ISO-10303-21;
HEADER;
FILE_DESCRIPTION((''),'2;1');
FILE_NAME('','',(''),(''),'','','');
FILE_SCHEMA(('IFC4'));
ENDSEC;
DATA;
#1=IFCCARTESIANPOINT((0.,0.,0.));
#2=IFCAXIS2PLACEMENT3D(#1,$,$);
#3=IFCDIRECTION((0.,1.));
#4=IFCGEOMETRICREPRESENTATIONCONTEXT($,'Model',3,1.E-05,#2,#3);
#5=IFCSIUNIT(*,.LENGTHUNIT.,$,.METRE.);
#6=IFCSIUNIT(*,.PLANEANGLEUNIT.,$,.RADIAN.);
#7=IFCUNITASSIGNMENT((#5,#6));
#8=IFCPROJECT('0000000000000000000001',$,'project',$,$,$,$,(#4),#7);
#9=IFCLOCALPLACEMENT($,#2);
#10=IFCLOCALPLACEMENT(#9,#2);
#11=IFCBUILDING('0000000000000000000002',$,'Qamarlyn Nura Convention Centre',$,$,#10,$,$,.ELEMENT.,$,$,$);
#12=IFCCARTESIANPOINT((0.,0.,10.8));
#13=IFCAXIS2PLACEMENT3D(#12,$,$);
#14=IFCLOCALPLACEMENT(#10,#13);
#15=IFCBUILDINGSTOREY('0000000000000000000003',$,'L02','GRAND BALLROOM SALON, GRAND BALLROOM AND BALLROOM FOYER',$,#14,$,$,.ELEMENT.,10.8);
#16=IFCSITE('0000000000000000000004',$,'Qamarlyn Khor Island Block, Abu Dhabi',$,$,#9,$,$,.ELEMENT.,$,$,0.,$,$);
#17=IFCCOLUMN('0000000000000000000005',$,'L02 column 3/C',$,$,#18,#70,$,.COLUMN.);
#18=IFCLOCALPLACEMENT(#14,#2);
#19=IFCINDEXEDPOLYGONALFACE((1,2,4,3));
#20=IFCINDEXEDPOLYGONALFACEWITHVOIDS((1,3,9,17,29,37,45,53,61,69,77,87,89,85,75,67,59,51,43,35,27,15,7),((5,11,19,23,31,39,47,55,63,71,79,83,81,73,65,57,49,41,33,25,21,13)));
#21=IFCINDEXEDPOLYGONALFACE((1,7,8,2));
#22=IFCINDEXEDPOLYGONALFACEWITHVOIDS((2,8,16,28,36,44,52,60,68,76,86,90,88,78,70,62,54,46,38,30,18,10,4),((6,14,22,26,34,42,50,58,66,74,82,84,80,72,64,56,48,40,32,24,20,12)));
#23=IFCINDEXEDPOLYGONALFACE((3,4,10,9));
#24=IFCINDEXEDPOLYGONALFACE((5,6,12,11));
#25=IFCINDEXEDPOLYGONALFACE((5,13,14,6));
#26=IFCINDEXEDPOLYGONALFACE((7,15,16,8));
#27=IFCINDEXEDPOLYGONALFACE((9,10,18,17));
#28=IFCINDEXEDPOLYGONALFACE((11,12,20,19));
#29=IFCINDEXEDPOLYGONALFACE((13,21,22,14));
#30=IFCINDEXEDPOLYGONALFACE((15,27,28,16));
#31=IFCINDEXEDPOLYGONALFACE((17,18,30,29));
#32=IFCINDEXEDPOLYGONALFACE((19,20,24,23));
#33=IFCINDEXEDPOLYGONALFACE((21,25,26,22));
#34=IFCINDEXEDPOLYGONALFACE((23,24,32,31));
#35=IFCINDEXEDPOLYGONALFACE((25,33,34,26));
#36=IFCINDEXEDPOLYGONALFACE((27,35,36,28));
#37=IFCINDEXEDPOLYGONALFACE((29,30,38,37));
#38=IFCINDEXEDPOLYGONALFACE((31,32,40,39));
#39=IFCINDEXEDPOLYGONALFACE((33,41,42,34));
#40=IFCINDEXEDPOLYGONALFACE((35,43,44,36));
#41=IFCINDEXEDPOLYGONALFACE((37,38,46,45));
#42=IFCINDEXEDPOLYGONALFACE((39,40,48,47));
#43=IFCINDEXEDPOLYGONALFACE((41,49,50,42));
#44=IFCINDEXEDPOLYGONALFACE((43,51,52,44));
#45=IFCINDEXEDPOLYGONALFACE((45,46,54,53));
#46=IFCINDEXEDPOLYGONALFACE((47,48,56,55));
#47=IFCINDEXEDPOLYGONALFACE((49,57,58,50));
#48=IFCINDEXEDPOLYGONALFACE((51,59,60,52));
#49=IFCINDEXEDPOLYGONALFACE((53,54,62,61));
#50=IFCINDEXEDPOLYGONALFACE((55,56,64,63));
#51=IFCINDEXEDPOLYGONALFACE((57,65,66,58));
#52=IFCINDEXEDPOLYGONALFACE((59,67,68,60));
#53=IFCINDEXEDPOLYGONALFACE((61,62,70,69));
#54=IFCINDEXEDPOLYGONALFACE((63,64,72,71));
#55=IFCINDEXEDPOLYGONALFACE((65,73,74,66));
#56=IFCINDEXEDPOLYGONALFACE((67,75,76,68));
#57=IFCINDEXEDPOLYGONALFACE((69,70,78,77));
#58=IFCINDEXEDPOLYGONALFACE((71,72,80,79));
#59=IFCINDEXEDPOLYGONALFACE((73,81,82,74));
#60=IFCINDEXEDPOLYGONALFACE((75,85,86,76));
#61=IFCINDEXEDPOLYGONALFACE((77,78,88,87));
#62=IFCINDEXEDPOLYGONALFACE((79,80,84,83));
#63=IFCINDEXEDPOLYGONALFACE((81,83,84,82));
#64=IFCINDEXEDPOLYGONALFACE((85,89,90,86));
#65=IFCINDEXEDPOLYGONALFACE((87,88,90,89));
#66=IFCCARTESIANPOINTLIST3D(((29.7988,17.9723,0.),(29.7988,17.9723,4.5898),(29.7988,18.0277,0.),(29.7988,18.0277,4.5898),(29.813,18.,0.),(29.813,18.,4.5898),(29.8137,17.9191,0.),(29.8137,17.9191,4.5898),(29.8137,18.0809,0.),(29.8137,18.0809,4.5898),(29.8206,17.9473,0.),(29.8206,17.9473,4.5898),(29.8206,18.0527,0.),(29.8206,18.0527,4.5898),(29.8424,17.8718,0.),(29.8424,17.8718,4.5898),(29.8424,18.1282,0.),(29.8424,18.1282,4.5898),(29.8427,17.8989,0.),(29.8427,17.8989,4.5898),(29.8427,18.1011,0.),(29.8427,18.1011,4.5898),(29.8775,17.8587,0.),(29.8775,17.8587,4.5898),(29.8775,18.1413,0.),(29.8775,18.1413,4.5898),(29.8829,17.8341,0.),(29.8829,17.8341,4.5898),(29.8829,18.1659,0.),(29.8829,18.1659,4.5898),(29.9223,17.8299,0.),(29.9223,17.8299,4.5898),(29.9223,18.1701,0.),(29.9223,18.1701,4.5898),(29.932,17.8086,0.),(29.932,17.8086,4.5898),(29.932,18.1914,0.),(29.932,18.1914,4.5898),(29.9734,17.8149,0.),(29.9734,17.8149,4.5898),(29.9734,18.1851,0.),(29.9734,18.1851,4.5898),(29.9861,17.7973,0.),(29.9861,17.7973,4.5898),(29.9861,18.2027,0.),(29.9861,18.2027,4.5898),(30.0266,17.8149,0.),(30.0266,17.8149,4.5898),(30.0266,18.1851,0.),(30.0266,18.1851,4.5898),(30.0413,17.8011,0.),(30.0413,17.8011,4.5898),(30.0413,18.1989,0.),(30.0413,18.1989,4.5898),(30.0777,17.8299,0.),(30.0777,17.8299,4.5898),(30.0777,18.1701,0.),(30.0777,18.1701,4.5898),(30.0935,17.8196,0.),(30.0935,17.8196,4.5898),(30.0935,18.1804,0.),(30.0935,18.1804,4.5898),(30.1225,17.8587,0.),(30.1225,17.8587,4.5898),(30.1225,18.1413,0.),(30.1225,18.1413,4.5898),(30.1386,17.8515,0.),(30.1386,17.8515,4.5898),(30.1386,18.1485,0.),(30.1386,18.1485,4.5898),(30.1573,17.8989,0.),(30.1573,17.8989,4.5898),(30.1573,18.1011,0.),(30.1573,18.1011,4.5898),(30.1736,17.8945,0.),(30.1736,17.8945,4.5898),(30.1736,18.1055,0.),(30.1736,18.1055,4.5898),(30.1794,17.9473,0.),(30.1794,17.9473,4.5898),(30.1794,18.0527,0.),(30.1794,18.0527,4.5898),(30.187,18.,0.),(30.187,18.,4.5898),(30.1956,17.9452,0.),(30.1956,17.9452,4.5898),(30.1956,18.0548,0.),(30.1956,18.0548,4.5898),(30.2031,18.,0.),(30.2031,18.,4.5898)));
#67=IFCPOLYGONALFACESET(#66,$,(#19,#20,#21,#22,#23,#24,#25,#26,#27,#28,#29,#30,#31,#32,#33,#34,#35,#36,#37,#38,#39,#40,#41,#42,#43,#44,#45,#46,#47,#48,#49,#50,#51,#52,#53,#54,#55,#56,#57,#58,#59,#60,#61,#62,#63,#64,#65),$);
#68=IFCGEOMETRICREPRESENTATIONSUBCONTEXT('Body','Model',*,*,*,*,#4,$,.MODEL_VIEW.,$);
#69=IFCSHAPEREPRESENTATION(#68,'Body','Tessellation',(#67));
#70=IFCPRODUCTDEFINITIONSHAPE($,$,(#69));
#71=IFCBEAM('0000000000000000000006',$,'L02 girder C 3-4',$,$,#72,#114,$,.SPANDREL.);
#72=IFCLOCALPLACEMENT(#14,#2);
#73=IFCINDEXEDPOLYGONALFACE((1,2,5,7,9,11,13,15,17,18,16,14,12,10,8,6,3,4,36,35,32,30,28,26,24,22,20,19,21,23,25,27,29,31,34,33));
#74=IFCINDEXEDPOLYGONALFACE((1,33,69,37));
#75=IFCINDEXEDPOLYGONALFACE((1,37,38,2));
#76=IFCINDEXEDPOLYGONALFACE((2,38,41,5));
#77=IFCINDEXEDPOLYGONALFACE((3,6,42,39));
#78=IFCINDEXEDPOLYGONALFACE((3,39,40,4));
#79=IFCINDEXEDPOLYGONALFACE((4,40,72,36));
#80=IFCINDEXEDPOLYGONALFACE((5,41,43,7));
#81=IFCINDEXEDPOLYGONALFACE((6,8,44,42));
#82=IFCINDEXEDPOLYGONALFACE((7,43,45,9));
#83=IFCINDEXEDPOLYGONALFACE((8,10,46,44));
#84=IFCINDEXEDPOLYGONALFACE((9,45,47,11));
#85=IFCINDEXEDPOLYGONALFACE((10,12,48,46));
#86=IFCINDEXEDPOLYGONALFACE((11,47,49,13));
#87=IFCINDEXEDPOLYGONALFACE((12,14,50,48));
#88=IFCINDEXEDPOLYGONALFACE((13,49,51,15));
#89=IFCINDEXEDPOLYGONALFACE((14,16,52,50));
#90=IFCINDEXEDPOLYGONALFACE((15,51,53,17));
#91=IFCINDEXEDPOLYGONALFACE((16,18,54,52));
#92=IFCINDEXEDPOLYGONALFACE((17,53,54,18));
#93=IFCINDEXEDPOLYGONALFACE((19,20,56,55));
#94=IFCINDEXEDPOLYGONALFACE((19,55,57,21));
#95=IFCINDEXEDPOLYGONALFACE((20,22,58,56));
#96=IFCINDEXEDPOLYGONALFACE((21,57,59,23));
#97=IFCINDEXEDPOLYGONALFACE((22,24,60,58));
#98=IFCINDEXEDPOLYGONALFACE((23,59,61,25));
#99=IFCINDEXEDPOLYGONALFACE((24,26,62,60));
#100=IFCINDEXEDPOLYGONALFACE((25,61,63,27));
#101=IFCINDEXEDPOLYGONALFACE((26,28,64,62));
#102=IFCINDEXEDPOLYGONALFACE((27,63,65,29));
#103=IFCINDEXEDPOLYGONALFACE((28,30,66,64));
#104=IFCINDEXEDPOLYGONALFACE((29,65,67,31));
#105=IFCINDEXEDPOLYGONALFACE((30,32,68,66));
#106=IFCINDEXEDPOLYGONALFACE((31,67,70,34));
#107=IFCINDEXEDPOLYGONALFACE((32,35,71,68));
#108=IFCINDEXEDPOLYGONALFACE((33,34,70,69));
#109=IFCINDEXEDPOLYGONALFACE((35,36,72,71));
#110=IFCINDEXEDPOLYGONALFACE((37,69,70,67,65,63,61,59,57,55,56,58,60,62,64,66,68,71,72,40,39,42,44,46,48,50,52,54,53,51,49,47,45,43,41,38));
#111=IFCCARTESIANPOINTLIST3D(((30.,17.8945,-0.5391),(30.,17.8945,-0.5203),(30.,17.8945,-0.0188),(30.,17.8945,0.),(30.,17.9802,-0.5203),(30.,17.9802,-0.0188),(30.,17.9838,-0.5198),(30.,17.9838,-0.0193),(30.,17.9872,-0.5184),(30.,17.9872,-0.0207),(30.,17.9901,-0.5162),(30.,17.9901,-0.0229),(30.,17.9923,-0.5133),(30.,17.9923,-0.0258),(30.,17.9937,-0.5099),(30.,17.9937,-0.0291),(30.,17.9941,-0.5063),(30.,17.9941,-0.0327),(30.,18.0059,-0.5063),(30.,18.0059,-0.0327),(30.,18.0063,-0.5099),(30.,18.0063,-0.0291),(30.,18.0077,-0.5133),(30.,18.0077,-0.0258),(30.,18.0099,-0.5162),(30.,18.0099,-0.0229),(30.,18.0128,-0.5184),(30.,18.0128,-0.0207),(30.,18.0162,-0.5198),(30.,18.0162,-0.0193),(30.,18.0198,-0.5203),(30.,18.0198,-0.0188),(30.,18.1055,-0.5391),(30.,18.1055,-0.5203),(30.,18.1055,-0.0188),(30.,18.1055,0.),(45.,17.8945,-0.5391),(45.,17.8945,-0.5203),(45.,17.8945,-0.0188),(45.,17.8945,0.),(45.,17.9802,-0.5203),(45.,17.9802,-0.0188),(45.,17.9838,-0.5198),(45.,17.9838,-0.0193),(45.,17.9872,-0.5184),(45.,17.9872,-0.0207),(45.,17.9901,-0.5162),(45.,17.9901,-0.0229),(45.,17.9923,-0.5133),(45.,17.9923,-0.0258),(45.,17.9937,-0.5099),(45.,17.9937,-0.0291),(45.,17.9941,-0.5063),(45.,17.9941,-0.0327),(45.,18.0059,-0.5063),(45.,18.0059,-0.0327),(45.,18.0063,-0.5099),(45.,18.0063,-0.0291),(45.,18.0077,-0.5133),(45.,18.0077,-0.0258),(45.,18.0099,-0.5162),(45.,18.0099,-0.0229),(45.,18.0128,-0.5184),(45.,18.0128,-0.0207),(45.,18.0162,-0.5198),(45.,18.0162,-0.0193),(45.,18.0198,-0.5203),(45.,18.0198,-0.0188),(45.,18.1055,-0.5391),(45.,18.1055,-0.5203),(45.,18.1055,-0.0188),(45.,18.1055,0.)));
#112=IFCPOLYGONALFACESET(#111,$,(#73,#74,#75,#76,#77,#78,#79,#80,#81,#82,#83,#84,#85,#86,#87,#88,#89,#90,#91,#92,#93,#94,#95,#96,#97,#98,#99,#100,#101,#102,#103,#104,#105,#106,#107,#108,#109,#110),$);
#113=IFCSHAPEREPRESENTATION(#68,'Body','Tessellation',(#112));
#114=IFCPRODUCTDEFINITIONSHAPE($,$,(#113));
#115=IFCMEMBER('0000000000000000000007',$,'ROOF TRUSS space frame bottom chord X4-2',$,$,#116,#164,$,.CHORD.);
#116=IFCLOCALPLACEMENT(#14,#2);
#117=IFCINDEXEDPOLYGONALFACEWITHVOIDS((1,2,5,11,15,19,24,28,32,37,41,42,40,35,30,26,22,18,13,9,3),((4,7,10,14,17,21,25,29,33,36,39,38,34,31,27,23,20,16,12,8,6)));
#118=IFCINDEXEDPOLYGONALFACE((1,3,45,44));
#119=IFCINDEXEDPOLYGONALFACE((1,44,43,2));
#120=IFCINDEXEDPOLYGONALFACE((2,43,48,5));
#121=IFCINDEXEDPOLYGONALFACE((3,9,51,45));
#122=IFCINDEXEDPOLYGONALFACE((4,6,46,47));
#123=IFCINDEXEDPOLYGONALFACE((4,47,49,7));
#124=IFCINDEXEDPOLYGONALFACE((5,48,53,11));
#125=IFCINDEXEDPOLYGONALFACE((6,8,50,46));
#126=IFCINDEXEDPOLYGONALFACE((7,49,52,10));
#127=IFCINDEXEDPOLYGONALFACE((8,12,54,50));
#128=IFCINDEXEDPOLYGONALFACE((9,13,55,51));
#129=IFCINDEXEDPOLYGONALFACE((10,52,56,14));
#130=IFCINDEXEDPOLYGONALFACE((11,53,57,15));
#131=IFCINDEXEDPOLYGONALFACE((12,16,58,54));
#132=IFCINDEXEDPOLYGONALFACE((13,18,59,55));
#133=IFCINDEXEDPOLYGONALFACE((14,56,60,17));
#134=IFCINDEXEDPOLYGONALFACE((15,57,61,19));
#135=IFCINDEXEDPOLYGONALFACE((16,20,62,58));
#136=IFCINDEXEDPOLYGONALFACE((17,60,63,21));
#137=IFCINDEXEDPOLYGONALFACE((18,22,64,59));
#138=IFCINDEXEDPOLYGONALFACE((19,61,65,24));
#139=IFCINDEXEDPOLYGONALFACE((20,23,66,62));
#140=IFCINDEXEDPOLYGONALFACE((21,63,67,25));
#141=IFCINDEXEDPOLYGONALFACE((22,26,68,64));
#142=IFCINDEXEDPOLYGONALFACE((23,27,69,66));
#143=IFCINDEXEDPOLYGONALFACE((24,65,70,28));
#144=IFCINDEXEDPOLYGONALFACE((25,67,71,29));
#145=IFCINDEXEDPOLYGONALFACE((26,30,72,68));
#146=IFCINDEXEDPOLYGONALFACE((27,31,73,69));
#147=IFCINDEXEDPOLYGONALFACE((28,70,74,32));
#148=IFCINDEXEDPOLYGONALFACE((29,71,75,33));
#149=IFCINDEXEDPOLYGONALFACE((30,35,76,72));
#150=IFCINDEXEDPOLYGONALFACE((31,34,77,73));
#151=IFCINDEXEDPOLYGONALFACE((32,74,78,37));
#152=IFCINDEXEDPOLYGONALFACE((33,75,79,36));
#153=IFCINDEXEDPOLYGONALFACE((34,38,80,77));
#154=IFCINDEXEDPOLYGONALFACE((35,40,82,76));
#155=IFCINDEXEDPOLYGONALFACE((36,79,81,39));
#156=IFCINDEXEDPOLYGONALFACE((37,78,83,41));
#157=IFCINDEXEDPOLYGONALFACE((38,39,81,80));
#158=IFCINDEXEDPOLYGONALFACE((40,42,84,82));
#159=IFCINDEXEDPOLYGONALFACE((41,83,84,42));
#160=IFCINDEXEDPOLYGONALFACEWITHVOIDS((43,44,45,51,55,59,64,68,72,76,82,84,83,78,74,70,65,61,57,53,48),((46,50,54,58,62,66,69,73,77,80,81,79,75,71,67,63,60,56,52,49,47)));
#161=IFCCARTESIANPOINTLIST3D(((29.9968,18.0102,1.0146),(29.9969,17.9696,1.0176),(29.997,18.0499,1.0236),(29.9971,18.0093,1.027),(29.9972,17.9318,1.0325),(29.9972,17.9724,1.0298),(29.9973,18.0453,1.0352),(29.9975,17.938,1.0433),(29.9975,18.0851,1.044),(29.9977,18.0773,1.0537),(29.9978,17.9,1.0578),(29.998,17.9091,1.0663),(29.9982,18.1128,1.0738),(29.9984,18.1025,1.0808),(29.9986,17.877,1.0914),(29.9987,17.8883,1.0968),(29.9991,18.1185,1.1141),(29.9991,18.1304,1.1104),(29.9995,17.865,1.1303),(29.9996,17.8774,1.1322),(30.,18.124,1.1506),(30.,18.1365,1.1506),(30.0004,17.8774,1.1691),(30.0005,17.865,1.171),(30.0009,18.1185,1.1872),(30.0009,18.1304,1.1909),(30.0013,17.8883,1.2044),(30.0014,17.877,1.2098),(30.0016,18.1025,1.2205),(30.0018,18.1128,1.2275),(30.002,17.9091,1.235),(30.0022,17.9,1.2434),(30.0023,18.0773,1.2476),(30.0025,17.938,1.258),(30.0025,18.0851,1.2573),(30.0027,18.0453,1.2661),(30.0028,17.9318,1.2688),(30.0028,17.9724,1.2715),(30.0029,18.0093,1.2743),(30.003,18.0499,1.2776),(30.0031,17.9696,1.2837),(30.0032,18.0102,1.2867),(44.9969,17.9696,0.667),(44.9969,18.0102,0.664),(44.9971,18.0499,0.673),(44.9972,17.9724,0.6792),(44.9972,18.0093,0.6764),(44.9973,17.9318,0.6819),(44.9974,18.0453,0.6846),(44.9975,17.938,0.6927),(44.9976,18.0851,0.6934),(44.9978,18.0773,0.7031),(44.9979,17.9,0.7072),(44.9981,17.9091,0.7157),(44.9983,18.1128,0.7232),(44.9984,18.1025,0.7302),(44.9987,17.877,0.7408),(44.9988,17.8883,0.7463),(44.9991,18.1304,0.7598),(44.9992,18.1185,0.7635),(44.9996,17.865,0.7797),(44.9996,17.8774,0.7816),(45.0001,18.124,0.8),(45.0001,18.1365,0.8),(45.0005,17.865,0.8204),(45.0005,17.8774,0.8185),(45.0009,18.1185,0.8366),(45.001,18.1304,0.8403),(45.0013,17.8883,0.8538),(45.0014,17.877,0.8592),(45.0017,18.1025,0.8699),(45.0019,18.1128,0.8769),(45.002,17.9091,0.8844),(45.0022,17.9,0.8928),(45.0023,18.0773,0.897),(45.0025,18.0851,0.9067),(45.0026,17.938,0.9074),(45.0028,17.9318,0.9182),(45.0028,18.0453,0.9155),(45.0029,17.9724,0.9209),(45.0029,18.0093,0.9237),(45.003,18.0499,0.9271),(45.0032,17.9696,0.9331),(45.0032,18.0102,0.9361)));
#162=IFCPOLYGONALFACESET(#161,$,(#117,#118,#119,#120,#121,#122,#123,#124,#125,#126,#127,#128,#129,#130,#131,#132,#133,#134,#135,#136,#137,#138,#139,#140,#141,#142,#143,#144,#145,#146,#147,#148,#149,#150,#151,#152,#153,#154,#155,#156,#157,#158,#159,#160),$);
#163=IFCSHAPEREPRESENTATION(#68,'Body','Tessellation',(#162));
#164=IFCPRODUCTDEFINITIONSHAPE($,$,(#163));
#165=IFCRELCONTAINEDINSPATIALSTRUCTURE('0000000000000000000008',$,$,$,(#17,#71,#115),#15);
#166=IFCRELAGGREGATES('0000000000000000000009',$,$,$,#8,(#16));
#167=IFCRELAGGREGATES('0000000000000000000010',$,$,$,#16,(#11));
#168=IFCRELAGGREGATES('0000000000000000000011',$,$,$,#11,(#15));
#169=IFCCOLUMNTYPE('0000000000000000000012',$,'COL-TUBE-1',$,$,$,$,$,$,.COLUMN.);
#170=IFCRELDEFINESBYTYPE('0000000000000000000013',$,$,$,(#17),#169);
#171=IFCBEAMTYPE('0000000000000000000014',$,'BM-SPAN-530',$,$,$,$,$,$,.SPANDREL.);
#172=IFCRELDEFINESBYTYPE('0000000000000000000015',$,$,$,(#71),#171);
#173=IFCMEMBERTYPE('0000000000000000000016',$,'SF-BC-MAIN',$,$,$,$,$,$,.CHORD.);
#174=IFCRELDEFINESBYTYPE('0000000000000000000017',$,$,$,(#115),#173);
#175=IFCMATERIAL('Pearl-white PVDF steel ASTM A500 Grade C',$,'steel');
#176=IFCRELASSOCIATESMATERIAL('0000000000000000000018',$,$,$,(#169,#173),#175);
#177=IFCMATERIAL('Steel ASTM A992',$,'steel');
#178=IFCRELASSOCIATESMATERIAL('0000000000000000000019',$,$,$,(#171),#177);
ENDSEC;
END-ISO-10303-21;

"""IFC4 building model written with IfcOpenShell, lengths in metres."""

from ifc_helpers import new_model, si_unit, direction, frame, origin, origin_2d, place, context, subcontext, project, spatial, hollow_circle, i_section, extrude, material, material_profile, profile_set, type_object, element, save


model = new_model("IFC4")

# Units and contexts
model_context = context("Model", 3, precision=1e-05, world=origin(), true_north=direction((0.0, 1.0)))
body_context = subcontext(model_context, "Body", "Model", "MODEL_VIEW")
ifc_project = project(units=[si_unit("LENGTHUNIT", "METRE"), si_unit("PLANEANGLEUNIT", "RADIAN")], contexts=[model_context])

# Site, building, storey
site_placement = place(None, origin())
site = spatial("IfcSite", under=ifc_project, at=site_placement, Name="Qamarlyn Khor Island Block, Abu Dhabi", CompositionType="ELEMENT", RefElevation=0.0)
building_placement = place(site_placement, origin())
building = spatial("IfcBuilding", under=site, at=building_placement, Name="Qamarlyn Nura Convention Centre", CompositionType="ELEMENT")
storey_placement = place(building_placement, frame((0.0, 0.0, 10.8)))
storey = spatial("IfcBuildingStorey", under=building, at=storey_placement, Name="L02", Description="GRAND BALLROOM SALON, GRAND BALLROOM AND BALLROOM FOYER", CompositionType="ELEMENT", Elevation=10.8)

# Column
ifc_material_1 = material(Name="Pearl-white PVDF steel ASTM A500 Grade C", Category="steel")
ifc_material_profile_1 = material_profile(ifc_material_1, hollow_circle(Radius=0.2031, WallThickness=0.0161, at=origin_2d()), Name="CHS406.4X16")
ifc_profile_set_1 = profile_set([ifc_material_profile_1], Name="Pearl-white PVDF steel ASTM A500 Grade C")
column_type = type_object("IfcColumnType", Name="COL-TUBE-1", PredefinedType="COLUMN", material=ifc_profile_set_1)
column_placement = place(storey_placement, frame((30.0, 18.0, 0.0), z_axis=(0.0, 0.0, 1.0), x_axis=(1.0, 0.0, 0.0)))
element("IfcColumn", 1, at=column_placement, inside=storey, type_object=column_type, Name="L02 column 3/C", PredefinedType="COLUMN", context=body_context, shape_type="SweptSolid", body=[
    extrude(hollow_circle(Radius=0.2031, WallThickness=0.0161, at=origin_2d()), origin(), (0.0, 0.0, 1.0), 4.5898),
])

# Beam
ifc_material_2 = material(Name="Steel ASTM A992", Category="steel")
ifc_material_profile_2 = material_profile(ifc_material_2, i_section(OverallWidth=0.2109, OverallDepth=0.5391, WebThickness=0.0117, FlangeThickness=0.0188, FilletRadius=0.0139, at=origin_2d()), Name="W530X109")
ifc_profile_set_2 = profile_set([ifc_material_profile_2], Name="Steel ASTM A992")
beam_type = type_object("IfcBeamType", Name="BM-SPAN-530", PredefinedType="SPANDREL", material=ifc_profile_set_2)
beam_placement = place(storey_placement, frame((30.0, 18.0, -0.2695), z_axis=(1.0, 0.0, 0.0), x_axis=(0.0, 1.0, 0.0)))
element("IfcBeam", 2, at=beam_placement, inside=storey, type_object=beam_type, Name="L02 girder C 3-4", PredefinedType="SPANDREL", context=body_context, shape_type="SweptSolid", body=[
    extrude(i_section(OverallWidth=0.2109, OverallDepth=0.5391, WebThickness=0.0117, FlangeThickness=0.0188, FilletRadius=0.0139, at=origin_2d()), origin(), (0.0, 0.0, 1.0), 15.0),
])

# Member
ifc_material_profile_3 = material_profile(ifc_material_1, hollow_circle(Radius=0.1365, WallThickness=0.0125, at=origin_2d()), Name="CHS273X12.5")
ifc_profile_set_3 = profile_set([ifc_material_profile_3], Name="Pearl-white PVDF steel ASTM A500 Grade C")
member_type_1 = type_object("IfcMemberType", Name="SF-BC-MAIN", PredefinedType="CHORD", material=ifc_profile_set_3)
member_1_placement = place(storey_placement, frame((30.0, 18.0, 1.1506), z_axis=(0.999727, 0.0, -0.023366), x_axis=(0.0, 1.0, 0.0)))
element("IfcMember", 3, at=member_1_placement, inside=storey, type_object=member_type_1, Name="ROOF TRUSS space frame bottom chord X4-2", PredefinedType="CHORD", context=body_context, shape_type="SweptSolid", body=[
    extrude(hollow_circle(Radius=0.1365, WallThickness=0.0125, at=origin_2d()), origin(), (0.0, 0.0, 1.0), 15.0042),
])

save(model, "model.ifc")
